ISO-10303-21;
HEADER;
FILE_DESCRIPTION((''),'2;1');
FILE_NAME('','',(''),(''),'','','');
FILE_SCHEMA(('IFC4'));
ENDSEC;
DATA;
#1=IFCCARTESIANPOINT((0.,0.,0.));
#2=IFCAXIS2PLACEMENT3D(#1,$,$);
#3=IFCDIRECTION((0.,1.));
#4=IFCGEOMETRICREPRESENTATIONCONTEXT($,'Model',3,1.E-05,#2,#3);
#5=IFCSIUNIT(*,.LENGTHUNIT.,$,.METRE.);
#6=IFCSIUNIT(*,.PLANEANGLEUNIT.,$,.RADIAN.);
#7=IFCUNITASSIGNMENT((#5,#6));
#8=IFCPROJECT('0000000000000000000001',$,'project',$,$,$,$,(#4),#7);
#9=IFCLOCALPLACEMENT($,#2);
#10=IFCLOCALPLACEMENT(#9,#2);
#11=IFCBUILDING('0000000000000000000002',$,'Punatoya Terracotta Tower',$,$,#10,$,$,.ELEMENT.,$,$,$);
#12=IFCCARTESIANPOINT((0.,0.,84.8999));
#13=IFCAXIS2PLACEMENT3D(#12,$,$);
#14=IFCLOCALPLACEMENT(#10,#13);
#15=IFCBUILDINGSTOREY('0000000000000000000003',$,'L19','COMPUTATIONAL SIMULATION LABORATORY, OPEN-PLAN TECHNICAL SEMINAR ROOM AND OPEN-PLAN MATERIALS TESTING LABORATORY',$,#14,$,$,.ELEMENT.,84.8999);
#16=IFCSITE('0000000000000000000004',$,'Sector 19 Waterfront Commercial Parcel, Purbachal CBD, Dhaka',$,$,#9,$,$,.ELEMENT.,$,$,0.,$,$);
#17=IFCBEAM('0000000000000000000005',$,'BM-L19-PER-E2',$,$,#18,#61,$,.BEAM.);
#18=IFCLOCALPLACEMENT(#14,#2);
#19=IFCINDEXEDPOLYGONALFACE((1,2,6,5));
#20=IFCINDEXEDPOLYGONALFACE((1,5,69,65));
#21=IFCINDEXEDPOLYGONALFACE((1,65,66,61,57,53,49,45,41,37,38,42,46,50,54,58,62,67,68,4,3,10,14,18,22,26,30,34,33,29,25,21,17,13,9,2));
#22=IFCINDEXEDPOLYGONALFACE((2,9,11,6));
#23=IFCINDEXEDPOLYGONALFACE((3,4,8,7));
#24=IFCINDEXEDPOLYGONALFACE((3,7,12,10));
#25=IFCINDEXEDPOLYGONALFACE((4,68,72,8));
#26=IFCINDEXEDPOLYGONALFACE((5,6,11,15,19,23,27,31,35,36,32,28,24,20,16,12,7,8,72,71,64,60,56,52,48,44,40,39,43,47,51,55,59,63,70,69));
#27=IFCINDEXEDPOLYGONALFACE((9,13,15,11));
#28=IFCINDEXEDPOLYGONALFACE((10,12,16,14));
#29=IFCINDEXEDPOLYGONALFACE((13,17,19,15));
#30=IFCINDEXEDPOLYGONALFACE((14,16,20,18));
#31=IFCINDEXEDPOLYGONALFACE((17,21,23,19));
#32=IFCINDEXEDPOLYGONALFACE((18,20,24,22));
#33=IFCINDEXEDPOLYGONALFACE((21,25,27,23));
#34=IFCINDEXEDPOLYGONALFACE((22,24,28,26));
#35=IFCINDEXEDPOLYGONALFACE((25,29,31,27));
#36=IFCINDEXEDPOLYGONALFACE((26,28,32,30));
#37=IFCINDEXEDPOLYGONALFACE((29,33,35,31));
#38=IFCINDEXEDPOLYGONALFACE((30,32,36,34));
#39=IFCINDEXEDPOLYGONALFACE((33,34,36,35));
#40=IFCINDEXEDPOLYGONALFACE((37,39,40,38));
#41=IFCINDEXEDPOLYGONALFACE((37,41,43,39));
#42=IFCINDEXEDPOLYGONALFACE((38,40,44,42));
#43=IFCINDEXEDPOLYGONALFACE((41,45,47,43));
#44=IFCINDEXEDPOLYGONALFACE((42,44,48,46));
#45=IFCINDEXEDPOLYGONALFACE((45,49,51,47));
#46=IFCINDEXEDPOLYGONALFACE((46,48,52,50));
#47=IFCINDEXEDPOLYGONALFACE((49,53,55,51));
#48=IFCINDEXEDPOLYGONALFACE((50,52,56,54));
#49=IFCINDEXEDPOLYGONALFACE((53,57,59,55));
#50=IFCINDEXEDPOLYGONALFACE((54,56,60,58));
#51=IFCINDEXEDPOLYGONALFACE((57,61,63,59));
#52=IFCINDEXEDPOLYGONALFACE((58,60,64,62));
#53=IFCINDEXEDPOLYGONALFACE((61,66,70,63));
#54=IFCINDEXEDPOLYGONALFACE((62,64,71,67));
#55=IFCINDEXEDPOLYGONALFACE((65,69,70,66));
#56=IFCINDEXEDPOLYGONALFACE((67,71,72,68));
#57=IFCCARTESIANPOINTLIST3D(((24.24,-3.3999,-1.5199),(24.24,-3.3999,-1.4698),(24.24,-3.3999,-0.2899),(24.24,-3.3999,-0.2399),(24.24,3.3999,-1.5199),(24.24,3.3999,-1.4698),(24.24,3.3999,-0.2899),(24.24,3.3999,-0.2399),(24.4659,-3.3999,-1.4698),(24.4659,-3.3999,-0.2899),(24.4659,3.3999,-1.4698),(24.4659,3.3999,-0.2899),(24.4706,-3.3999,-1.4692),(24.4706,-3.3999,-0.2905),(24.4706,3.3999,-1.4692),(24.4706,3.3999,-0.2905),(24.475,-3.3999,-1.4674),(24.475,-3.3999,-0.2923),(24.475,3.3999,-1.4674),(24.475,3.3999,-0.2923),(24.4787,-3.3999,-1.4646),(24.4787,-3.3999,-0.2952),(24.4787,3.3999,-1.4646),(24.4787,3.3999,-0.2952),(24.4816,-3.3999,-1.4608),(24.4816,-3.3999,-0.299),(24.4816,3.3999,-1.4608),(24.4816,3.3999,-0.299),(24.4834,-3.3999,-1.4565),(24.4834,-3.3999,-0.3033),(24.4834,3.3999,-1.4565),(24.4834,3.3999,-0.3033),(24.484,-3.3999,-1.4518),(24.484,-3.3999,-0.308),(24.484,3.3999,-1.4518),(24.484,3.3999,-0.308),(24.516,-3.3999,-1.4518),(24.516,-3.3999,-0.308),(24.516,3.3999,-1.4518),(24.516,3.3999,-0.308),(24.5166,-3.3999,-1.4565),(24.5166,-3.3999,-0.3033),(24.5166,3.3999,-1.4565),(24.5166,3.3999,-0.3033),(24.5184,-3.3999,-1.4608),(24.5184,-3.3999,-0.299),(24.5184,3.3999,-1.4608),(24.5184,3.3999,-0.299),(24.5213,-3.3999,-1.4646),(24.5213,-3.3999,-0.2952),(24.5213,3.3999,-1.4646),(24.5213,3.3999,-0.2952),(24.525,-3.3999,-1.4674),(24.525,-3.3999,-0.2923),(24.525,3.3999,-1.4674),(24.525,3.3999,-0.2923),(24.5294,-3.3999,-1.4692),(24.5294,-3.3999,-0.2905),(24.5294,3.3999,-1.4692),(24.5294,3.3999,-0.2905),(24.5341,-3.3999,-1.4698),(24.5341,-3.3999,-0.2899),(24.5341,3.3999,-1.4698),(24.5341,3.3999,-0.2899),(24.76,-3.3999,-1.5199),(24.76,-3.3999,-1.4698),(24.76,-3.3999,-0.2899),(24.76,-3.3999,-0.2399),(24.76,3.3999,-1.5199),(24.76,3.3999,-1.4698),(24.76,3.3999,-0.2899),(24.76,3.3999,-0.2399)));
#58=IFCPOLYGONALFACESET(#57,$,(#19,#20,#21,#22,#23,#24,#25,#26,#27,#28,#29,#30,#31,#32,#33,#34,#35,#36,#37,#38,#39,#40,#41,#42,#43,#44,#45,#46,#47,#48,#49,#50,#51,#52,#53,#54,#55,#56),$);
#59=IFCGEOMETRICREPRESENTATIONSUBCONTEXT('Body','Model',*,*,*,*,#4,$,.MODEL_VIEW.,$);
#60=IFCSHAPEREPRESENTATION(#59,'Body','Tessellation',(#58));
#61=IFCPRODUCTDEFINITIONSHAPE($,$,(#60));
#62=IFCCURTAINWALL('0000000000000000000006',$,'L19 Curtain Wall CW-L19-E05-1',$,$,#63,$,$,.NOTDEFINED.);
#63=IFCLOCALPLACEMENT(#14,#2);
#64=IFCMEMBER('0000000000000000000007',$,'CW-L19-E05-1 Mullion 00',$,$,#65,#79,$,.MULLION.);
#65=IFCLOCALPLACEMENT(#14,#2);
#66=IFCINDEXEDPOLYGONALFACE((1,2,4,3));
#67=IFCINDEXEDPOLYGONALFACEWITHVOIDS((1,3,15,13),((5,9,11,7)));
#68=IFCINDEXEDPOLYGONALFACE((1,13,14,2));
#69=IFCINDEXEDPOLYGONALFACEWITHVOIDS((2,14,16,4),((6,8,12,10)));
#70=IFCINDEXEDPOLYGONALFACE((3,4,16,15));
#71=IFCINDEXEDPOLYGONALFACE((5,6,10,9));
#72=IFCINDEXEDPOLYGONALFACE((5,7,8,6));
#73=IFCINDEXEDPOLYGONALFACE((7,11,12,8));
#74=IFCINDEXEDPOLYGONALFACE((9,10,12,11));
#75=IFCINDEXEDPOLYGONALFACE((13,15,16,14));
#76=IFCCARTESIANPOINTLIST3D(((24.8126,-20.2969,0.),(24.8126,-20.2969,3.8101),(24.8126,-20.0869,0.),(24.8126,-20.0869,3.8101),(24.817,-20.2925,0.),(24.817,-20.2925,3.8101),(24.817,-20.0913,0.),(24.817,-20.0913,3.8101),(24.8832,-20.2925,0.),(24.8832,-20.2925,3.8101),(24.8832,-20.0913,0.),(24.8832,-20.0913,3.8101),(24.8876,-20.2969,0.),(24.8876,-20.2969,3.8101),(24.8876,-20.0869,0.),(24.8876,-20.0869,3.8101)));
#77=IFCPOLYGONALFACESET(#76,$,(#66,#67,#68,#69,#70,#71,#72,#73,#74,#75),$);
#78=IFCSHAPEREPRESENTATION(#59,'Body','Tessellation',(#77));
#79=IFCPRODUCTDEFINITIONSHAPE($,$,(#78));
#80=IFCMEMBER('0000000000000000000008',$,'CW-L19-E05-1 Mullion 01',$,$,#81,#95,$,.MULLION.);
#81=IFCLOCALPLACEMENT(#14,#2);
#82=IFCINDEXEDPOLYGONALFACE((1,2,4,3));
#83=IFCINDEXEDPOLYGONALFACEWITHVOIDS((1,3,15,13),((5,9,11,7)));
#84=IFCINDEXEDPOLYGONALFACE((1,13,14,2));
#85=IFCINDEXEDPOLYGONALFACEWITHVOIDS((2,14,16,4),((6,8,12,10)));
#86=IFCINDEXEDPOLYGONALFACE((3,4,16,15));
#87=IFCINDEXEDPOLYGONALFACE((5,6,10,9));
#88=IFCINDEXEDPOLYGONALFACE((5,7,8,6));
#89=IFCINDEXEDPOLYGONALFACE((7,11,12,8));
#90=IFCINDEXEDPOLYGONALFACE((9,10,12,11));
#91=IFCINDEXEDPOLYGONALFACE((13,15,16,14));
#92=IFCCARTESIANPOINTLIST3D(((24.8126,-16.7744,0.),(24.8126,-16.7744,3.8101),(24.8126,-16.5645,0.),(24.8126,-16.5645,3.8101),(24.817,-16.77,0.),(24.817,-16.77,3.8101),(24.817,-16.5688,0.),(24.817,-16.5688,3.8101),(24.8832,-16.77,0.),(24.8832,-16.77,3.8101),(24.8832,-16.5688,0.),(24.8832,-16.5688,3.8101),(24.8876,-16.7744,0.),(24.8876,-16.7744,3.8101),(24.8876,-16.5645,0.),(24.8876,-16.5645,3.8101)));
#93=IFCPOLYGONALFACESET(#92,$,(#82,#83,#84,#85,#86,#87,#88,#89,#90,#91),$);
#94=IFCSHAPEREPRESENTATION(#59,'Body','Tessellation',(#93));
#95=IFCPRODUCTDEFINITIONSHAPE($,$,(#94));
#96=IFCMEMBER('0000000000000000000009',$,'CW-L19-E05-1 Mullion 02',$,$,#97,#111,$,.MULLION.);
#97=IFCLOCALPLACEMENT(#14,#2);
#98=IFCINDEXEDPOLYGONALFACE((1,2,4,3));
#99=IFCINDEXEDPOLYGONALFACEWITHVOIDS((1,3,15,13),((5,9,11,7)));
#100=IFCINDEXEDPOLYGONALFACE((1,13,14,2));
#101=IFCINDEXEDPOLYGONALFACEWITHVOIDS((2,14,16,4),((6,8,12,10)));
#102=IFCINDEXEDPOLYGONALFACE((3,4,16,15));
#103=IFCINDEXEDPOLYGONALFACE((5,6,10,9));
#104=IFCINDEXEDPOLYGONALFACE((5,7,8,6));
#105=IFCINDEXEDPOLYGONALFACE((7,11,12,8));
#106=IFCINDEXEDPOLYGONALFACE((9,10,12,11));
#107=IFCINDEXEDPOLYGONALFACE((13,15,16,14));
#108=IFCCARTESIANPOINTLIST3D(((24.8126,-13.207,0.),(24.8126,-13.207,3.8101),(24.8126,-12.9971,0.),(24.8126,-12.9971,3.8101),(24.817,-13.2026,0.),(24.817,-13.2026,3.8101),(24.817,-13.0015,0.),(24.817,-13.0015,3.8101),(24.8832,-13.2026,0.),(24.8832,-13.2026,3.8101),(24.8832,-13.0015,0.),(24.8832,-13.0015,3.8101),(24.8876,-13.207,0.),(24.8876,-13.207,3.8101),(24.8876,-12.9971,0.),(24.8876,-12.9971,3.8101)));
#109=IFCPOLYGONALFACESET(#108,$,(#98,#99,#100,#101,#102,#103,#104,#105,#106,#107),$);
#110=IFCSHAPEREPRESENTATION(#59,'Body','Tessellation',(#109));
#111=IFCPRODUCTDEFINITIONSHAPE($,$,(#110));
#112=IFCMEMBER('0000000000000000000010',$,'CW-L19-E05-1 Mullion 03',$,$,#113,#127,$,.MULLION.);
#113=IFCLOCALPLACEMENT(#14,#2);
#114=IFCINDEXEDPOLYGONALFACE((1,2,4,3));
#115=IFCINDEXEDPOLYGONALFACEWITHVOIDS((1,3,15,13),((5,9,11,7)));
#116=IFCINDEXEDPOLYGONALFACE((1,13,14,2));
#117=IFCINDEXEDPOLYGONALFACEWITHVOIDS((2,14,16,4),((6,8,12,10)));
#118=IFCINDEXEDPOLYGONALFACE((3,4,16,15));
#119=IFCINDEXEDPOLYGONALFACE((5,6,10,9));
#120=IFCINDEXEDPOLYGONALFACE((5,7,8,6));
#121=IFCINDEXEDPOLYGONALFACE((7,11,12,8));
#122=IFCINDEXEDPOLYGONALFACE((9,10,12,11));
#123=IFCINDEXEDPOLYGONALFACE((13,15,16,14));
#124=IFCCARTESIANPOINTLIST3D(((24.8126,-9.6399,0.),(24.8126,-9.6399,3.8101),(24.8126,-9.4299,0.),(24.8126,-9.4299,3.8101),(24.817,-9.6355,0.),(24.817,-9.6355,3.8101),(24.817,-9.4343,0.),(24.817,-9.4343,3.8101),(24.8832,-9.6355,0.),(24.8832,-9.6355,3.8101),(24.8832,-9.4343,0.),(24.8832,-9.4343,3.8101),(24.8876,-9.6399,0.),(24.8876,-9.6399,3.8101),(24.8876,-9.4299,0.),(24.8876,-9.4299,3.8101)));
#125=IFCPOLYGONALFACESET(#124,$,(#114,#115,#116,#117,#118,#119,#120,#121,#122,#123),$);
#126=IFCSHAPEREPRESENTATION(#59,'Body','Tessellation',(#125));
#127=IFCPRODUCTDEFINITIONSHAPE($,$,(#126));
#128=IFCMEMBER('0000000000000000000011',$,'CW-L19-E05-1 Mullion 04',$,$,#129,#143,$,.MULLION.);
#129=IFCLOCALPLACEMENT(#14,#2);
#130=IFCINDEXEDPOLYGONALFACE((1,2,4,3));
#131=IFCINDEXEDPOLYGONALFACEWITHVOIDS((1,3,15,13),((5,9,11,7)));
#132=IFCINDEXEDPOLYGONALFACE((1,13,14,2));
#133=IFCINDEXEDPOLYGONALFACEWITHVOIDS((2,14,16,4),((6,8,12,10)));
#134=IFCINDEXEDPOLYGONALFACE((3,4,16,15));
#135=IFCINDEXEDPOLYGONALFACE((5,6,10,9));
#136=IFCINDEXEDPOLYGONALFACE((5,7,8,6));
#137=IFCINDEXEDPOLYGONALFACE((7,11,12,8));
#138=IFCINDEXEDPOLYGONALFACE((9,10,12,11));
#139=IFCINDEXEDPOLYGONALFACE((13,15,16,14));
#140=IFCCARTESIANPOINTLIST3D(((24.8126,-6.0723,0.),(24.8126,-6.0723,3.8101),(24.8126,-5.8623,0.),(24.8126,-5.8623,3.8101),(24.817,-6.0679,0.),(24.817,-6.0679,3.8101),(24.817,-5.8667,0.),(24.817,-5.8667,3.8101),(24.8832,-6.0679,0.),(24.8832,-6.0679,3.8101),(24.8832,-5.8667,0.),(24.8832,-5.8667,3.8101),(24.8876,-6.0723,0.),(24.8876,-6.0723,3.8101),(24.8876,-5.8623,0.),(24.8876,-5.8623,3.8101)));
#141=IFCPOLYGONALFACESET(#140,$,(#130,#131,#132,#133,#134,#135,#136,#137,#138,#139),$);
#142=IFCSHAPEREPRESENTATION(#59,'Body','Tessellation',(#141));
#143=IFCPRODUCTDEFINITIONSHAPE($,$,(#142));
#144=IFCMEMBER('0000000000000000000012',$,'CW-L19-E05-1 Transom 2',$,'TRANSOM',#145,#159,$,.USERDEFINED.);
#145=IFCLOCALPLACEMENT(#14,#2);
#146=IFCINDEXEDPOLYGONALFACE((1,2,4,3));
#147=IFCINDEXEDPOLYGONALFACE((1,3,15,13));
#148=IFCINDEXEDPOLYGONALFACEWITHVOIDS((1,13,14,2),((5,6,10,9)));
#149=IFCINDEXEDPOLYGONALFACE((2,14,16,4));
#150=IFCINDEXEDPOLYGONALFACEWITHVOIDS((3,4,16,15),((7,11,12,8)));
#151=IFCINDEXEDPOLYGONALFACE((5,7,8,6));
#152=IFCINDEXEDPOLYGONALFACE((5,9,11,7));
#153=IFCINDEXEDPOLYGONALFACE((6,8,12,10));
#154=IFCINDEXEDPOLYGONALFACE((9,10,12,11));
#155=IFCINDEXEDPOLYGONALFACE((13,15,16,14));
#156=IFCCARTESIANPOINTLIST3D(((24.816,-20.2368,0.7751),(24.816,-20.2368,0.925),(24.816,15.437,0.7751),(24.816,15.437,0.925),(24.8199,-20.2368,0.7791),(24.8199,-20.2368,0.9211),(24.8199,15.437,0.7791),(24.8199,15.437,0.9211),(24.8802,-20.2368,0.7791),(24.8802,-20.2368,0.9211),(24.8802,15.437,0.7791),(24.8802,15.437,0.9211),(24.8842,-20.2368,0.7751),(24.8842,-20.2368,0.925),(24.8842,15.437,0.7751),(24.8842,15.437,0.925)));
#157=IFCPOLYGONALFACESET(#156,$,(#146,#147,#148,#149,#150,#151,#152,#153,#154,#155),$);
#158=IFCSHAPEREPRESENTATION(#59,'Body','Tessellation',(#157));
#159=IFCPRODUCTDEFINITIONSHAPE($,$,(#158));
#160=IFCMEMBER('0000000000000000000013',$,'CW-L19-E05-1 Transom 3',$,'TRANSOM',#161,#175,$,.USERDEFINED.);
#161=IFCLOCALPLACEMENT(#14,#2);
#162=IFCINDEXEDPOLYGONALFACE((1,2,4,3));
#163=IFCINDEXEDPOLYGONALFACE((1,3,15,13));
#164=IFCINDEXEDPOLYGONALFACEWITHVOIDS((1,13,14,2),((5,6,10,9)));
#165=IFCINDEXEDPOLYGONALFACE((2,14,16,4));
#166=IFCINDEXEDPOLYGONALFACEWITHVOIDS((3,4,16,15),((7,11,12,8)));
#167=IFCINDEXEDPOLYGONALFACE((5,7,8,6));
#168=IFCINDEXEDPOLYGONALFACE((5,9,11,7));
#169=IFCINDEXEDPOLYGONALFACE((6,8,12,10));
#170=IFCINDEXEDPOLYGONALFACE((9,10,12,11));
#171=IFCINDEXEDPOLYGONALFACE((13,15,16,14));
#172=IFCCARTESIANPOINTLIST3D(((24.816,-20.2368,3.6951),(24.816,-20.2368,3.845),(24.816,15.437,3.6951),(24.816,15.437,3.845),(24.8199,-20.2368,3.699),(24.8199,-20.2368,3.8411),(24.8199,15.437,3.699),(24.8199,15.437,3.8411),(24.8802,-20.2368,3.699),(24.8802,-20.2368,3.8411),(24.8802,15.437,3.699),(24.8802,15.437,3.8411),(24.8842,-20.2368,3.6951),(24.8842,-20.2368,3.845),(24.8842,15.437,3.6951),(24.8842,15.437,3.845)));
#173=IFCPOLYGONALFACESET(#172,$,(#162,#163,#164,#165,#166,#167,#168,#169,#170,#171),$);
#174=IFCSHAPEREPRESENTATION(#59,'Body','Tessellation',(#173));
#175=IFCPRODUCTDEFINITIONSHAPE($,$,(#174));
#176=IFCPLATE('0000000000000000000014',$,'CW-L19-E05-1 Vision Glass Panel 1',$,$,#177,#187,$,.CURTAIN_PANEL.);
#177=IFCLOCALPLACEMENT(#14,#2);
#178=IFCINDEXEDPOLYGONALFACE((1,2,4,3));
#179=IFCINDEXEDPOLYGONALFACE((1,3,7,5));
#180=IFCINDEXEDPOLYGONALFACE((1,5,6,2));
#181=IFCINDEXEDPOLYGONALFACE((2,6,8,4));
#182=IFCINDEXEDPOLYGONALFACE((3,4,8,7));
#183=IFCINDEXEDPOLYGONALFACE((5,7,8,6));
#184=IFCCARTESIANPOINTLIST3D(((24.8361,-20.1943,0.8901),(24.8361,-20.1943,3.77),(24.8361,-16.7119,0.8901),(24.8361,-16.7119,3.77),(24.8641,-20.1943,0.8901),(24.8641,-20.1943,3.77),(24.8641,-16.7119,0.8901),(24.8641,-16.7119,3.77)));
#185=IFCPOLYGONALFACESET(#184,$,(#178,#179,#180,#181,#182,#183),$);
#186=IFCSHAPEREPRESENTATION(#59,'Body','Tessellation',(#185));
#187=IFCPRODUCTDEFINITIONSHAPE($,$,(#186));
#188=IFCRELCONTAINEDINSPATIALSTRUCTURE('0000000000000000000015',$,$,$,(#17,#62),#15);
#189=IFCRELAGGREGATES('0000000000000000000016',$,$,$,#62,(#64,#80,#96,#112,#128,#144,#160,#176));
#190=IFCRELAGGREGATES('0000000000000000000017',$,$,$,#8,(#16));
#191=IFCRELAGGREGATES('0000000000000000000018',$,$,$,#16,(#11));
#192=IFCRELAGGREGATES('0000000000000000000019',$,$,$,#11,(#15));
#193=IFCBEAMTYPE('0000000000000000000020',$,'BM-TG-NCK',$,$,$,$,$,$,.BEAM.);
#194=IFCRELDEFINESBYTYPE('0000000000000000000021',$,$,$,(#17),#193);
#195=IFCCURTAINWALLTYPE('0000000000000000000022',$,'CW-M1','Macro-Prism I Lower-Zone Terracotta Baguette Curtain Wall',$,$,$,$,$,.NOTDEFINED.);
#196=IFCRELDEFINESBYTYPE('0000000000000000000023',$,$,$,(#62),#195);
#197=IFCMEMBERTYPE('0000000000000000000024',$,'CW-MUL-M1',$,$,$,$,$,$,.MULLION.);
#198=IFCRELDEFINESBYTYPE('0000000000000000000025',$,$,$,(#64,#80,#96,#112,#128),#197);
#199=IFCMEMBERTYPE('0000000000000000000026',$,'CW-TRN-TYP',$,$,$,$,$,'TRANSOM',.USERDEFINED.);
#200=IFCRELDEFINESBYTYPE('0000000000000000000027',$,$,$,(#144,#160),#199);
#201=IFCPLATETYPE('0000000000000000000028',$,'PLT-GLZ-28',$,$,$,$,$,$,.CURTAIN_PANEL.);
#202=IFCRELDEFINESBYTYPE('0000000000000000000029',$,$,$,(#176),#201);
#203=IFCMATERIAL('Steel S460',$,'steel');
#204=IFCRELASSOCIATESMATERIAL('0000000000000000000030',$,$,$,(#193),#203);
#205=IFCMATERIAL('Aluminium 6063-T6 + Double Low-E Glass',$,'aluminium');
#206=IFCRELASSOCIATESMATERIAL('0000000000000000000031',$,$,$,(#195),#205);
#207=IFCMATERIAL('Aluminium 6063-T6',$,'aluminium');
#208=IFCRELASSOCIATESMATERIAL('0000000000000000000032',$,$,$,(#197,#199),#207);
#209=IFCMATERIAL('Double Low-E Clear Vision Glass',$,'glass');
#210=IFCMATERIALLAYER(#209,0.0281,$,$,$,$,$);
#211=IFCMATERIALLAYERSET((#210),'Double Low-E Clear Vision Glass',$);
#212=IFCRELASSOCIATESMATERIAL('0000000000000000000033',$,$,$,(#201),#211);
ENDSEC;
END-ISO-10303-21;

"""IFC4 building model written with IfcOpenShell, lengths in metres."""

from ifc_helpers import new_model, si_unit, direction, frame, origin, origin_2d, place, context, subcontext, project, spatial, rectangle, hollow_rectangle, i_section, extrude, material, layer, layer_set, material_profile, profile_set, type_object, element, aggregate, save


model = new_model("IFC4")

# Units and contexts
model_context = context("Model", 3, precision=1e-05, world=origin(), true_north=direction((0.0, 1.0)))
body_context = subcontext(model_context, "Body", "Model", "MODEL_VIEW")
ifc_project = project(units=[si_unit("LENGTHUNIT", "METRE"), si_unit("PLANEANGLEUNIT", "RADIAN")], contexts=[model_context])

# Site, building, storey
site_placement = place(None, origin())
site = spatial("IfcSite", under=ifc_project, at=site_placement, Name="Sector 19 Waterfront Commercial Parcel, Purbachal CBD, Dhaka", CompositionType="ELEMENT", RefElevation=0.0)
building_placement = place(site_placement, origin())
building = spatial("IfcBuilding", under=site, at=building_placement, Name="Punatoya Terracotta Tower", CompositionType="ELEMENT")
storey_placement = place(building_placement, frame((0.0, 0.0, 84.8999)))
storey = spatial("IfcBuildingStorey", under=building, at=storey_placement, Name="L19", Description="COMPUTATIONAL SIMULATION LABORATORY, OPEN-PLAN TECHNICAL SEMINAR ROOM AND OPEN-PLAN MATERIALS TESTING LABORATORY", CompositionType="ELEMENT", Elevation=84.8999)

# Shared definitions
ifc_material_1 = material(Name="Steel S460", Category="steel")

# Beam
ifc_material_profile_1 = material_profile(ifc_material_1, i_section(OverallWidth=0.52, OverallDepth=1.28, WebThickness=0.032, FlangeThickness=0.05, FilletRadius=0.0181, at=origin_2d()))
ifc_profile_set_1 = profile_set([ifc_material_profile_1], Name="Steel S460")
beam_type_1 = type_object("IfcBeamType", Name="BM-TG-NCK", PredefinedType="BEAM", material=ifc_profile_set_1)
beam_1_placement = place(storey_placement, frame((24.5, -3.3999, -0.8799), z_axis=(0.0, 1.0, 0.0), x_axis=(-1.0, 0.0, 0.0)))
element("IfcBeam", 1, at=beam_1_placement, inside=storey, type_object=beam_type_1, Name="BM-L19-PER-E2", PredefinedType="BEAM", context=body_context, shape_type="SweptSolid", body=[
    extrude(i_section(OverallWidth=0.52, OverallDepth=1.28, WebThickness=0.032, FlangeThickness=0.05, FilletRadius=0.0181, at=origin_2d()), origin(), (0.0, 0.0, 1.0), 6.7998),
])

# Curtain wall, members, plate
ifc_material_2 = material(Name="Aluminium 6063-T6 + Double Low-E Glass", Category="aluminium")
curtain_wall_type = type_object("IfcCurtainWallType", Name="CW-M1", Description="Macro-Prism I Lower-Zone Terracotta Baguette Curtain Wall", PredefinedType="NOTDEFINED", material=ifc_material_2)
curtain_wall_placement = place(storey_placement, origin())
curtain_wall = element("IfcCurtainWall", 2, at=curtain_wall_placement, inside=storey, type_object=curtain_wall_type, Name="L19 Curtain Wall CW-L19-E05-1", PredefinedType="NOTDEFINED")
ifc_material_3 = material(Name="Aluminium 6063-T6", Category="aluminium")
ifc_material_profile_2 = material_profile(ifc_material_3, hollow_rectangle(XDim=0.075, YDim=0.21, WallThickness=0.0044, at=origin_2d()))
ifc_profile_set_2 = profile_set([ifc_material_profile_2], Name="Aluminium 6063-T6")
member_type_1 = type_object("IfcMemberType", Name="CW-MUL-M1", PredefinedType="MULLION", material=ifc_profile_set_2)
member_1_placement = place(storey_placement, frame((24.8501, -20.1919, 0.0), z_axis=(0.0, 0.0, 1.0), x_axis=(1.0, 0.0, 0.0)))
member_1 = element("IfcMember", 3, at=member_1_placement, type_object=member_type_1, Name="CW-L19-E05-1 Mullion 00", PredefinedType="MULLION", context=body_context, shape_type="SweptSolid", body=[
    extrude(hollow_rectangle(XDim=0.075, YDim=0.21, WallThickness=0.0044, at=origin_2d()), origin(), (0.0, 0.0, 1.0), 3.8101),
])
member_2_placement = place(storey_placement, frame((24.8501, -16.6694, 0.0), z_axis=(0.0, 0.0, 1.0), x_axis=(1.0, 0.0, 0.0)))
member_2 = element("IfcMember", 4, at=member_2_placement, type_object=member_type_1, Name="CW-L19-E05-1 Mullion 01", PredefinedType="MULLION", context=body_context, shape_type="SweptSolid", body=[
    extrude(hollow_rectangle(XDim=0.075, YDim=0.21, WallThickness=0.0044, at=origin_2d()), origin(), (0.0, 0.0, 1.0), 3.8101),
])
member_3_placement = place(storey_placement, frame((24.8501, -13.1021, 0.0), z_axis=(0.0, 0.0, 1.0), x_axis=(1.0, 0.0, 0.0)))
member_3 = element("IfcMember", 5, at=member_3_placement, type_object=member_type_1, Name="CW-L19-E05-1 Mullion 02", PredefinedType="MULLION", context=body_context, shape_type="SweptSolid", body=[
    extrude(hollow_rectangle(XDim=0.075, YDim=0.21, WallThickness=0.0044, at=origin_2d()), origin(), (0.0, 0.0, 1.0), 3.8101),
])
member_4_placement = place(storey_placement, frame((24.8501, -9.5349, 0.0), z_axis=(0.0, 0.0, 1.0), x_axis=(1.0, 0.0, 0.0)))
member_4 = element("IfcMember", 6, at=member_4_placement, type_object=member_type_1, Name="CW-L19-E05-1 Mullion 03", PredefinedType="MULLION", context=body_context, shape_type="SweptSolid", body=[
    extrude(hollow_rectangle(XDim=0.075, YDim=0.21, WallThickness=0.0044, at=origin_2d()), origin(), (0.0, 0.0, 1.0), 3.8101),
])
member_5_placement = place(storey_placement, frame((24.8501, -5.9673, 0.0), z_axis=(0.0, 0.0, 1.0), x_axis=(1.0, 0.0, 0.0)))
member_5 = element("IfcMember", 7, at=member_5_placement, type_object=member_type_1, Name="CW-L19-E05-1 Mullion 04", PredefinedType="MULLION", context=body_context, shape_type="SweptSolid", body=[
    extrude(hollow_rectangle(XDim=0.075, YDim=0.21, WallThickness=0.0044, at=origin_2d()), origin(), (0.0, 0.0, 1.0), 3.8101),
])
ifc_material_profile_3 = material_profile(ifc_material_3, hollow_rectangle(XDim=0.0681, YDim=0.1499, WallThickness=0.0039, at=origin_2d()))
ifc_profile_set_3 = profile_set([ifc_material_profile_3], Name="Aluminium 6063-T6")
member_type_2 = type_object("IfcMemberType", Name="CW-TRN-TYP", ElementType="TRANSOM", PredefinedType="USERDEFINED", material=ifc_profile_set_3)
member_6_placement = place(storey_placement, frame((24.8501, -20.2368, 0.8501), z_axis=(0.0, 1.0, 0.0), x_axis=(-1.0, 0.0, 0.0)))
member_6 = element("IfcMember", 8, at=member_6_placement, type_object=member_type_2, Name="CW-L19-E05-1 Transom 2", ObjectType="TRANSOM", PredefinedType="USERDEFINED", context=body_context, shape_type="SweptSolid", body=[
    extrude(hollow_rectangle(XDim=0.0681, YDim=0.1499, WallThickness=0.0039, at=origin_2d()), origin(), (0.0, 0.0, 1.0), 35.6738),
])
member_7_placement = place(storey_placement, frame((24.8501, -20.2368, 3.77), z_axis=(0.0, 1.0, 0.0), x_axis=(-1.0, 0.0, 0.0)))
member_7 = element("IfcMember", 9, at=member_7_placement, type_object=member_type_2, Name="CW-L19-E05-1 Transom 3", ObjectType="TRANSOM", PredefinedType="USERDEFINED", context=body_context, shape_type="SweptSolid", body=[
    extrude(hollow_rectangle(XDim=0.0681, YDim=0.1499, WallThickness=0.0039, at=origin_2d()), origin(), (0.0, 0.0, 1.0), 35.6738),
])
ifc_material_4 = material(Name="Double Low-E Clear Vision Glass", Category="glass")
ifc_layer_1 = layer(ifc_material_4, 0.0281)
ifc_layer_set_1 = layer_set([ifc_layer_1], Name="Double Low-E Clear Vision Glass")
plate_type_1 = type_object("IfcPlateType", Name="PLT-GLZ-28", PredefinedType="CURTAIN_PANEL", material=ifc_layer_set_1)
plate_1_placement = place(storey_placement, frame((24.8501, -18.4531, 0.8901), z_axis=(0.0, 0.0, 1.0), x_axis=(0.0, 1.0, 0.0)))
plate_1 = element("IfcPlate", 10, at=plate_1_placement, type_object=plate_type_1, Name="CW-L19-E05-1 Vision Glass Panel 1", PredefinedType="CURTAIN_PANEL", context=body_context, shape_type="SweptSolid", body=[
    extrude(rectangle(XDim=3.4824, YDim=0.0281, at=origin_2d()), origin(), (0.0, 0.0, 1.0), 2.8799),
])
aggregate(curtain_wall, [member_1, member_2, member_3, member_4, member_5, member_6, member_7, plate_1])

save(model, "model.ifc")
